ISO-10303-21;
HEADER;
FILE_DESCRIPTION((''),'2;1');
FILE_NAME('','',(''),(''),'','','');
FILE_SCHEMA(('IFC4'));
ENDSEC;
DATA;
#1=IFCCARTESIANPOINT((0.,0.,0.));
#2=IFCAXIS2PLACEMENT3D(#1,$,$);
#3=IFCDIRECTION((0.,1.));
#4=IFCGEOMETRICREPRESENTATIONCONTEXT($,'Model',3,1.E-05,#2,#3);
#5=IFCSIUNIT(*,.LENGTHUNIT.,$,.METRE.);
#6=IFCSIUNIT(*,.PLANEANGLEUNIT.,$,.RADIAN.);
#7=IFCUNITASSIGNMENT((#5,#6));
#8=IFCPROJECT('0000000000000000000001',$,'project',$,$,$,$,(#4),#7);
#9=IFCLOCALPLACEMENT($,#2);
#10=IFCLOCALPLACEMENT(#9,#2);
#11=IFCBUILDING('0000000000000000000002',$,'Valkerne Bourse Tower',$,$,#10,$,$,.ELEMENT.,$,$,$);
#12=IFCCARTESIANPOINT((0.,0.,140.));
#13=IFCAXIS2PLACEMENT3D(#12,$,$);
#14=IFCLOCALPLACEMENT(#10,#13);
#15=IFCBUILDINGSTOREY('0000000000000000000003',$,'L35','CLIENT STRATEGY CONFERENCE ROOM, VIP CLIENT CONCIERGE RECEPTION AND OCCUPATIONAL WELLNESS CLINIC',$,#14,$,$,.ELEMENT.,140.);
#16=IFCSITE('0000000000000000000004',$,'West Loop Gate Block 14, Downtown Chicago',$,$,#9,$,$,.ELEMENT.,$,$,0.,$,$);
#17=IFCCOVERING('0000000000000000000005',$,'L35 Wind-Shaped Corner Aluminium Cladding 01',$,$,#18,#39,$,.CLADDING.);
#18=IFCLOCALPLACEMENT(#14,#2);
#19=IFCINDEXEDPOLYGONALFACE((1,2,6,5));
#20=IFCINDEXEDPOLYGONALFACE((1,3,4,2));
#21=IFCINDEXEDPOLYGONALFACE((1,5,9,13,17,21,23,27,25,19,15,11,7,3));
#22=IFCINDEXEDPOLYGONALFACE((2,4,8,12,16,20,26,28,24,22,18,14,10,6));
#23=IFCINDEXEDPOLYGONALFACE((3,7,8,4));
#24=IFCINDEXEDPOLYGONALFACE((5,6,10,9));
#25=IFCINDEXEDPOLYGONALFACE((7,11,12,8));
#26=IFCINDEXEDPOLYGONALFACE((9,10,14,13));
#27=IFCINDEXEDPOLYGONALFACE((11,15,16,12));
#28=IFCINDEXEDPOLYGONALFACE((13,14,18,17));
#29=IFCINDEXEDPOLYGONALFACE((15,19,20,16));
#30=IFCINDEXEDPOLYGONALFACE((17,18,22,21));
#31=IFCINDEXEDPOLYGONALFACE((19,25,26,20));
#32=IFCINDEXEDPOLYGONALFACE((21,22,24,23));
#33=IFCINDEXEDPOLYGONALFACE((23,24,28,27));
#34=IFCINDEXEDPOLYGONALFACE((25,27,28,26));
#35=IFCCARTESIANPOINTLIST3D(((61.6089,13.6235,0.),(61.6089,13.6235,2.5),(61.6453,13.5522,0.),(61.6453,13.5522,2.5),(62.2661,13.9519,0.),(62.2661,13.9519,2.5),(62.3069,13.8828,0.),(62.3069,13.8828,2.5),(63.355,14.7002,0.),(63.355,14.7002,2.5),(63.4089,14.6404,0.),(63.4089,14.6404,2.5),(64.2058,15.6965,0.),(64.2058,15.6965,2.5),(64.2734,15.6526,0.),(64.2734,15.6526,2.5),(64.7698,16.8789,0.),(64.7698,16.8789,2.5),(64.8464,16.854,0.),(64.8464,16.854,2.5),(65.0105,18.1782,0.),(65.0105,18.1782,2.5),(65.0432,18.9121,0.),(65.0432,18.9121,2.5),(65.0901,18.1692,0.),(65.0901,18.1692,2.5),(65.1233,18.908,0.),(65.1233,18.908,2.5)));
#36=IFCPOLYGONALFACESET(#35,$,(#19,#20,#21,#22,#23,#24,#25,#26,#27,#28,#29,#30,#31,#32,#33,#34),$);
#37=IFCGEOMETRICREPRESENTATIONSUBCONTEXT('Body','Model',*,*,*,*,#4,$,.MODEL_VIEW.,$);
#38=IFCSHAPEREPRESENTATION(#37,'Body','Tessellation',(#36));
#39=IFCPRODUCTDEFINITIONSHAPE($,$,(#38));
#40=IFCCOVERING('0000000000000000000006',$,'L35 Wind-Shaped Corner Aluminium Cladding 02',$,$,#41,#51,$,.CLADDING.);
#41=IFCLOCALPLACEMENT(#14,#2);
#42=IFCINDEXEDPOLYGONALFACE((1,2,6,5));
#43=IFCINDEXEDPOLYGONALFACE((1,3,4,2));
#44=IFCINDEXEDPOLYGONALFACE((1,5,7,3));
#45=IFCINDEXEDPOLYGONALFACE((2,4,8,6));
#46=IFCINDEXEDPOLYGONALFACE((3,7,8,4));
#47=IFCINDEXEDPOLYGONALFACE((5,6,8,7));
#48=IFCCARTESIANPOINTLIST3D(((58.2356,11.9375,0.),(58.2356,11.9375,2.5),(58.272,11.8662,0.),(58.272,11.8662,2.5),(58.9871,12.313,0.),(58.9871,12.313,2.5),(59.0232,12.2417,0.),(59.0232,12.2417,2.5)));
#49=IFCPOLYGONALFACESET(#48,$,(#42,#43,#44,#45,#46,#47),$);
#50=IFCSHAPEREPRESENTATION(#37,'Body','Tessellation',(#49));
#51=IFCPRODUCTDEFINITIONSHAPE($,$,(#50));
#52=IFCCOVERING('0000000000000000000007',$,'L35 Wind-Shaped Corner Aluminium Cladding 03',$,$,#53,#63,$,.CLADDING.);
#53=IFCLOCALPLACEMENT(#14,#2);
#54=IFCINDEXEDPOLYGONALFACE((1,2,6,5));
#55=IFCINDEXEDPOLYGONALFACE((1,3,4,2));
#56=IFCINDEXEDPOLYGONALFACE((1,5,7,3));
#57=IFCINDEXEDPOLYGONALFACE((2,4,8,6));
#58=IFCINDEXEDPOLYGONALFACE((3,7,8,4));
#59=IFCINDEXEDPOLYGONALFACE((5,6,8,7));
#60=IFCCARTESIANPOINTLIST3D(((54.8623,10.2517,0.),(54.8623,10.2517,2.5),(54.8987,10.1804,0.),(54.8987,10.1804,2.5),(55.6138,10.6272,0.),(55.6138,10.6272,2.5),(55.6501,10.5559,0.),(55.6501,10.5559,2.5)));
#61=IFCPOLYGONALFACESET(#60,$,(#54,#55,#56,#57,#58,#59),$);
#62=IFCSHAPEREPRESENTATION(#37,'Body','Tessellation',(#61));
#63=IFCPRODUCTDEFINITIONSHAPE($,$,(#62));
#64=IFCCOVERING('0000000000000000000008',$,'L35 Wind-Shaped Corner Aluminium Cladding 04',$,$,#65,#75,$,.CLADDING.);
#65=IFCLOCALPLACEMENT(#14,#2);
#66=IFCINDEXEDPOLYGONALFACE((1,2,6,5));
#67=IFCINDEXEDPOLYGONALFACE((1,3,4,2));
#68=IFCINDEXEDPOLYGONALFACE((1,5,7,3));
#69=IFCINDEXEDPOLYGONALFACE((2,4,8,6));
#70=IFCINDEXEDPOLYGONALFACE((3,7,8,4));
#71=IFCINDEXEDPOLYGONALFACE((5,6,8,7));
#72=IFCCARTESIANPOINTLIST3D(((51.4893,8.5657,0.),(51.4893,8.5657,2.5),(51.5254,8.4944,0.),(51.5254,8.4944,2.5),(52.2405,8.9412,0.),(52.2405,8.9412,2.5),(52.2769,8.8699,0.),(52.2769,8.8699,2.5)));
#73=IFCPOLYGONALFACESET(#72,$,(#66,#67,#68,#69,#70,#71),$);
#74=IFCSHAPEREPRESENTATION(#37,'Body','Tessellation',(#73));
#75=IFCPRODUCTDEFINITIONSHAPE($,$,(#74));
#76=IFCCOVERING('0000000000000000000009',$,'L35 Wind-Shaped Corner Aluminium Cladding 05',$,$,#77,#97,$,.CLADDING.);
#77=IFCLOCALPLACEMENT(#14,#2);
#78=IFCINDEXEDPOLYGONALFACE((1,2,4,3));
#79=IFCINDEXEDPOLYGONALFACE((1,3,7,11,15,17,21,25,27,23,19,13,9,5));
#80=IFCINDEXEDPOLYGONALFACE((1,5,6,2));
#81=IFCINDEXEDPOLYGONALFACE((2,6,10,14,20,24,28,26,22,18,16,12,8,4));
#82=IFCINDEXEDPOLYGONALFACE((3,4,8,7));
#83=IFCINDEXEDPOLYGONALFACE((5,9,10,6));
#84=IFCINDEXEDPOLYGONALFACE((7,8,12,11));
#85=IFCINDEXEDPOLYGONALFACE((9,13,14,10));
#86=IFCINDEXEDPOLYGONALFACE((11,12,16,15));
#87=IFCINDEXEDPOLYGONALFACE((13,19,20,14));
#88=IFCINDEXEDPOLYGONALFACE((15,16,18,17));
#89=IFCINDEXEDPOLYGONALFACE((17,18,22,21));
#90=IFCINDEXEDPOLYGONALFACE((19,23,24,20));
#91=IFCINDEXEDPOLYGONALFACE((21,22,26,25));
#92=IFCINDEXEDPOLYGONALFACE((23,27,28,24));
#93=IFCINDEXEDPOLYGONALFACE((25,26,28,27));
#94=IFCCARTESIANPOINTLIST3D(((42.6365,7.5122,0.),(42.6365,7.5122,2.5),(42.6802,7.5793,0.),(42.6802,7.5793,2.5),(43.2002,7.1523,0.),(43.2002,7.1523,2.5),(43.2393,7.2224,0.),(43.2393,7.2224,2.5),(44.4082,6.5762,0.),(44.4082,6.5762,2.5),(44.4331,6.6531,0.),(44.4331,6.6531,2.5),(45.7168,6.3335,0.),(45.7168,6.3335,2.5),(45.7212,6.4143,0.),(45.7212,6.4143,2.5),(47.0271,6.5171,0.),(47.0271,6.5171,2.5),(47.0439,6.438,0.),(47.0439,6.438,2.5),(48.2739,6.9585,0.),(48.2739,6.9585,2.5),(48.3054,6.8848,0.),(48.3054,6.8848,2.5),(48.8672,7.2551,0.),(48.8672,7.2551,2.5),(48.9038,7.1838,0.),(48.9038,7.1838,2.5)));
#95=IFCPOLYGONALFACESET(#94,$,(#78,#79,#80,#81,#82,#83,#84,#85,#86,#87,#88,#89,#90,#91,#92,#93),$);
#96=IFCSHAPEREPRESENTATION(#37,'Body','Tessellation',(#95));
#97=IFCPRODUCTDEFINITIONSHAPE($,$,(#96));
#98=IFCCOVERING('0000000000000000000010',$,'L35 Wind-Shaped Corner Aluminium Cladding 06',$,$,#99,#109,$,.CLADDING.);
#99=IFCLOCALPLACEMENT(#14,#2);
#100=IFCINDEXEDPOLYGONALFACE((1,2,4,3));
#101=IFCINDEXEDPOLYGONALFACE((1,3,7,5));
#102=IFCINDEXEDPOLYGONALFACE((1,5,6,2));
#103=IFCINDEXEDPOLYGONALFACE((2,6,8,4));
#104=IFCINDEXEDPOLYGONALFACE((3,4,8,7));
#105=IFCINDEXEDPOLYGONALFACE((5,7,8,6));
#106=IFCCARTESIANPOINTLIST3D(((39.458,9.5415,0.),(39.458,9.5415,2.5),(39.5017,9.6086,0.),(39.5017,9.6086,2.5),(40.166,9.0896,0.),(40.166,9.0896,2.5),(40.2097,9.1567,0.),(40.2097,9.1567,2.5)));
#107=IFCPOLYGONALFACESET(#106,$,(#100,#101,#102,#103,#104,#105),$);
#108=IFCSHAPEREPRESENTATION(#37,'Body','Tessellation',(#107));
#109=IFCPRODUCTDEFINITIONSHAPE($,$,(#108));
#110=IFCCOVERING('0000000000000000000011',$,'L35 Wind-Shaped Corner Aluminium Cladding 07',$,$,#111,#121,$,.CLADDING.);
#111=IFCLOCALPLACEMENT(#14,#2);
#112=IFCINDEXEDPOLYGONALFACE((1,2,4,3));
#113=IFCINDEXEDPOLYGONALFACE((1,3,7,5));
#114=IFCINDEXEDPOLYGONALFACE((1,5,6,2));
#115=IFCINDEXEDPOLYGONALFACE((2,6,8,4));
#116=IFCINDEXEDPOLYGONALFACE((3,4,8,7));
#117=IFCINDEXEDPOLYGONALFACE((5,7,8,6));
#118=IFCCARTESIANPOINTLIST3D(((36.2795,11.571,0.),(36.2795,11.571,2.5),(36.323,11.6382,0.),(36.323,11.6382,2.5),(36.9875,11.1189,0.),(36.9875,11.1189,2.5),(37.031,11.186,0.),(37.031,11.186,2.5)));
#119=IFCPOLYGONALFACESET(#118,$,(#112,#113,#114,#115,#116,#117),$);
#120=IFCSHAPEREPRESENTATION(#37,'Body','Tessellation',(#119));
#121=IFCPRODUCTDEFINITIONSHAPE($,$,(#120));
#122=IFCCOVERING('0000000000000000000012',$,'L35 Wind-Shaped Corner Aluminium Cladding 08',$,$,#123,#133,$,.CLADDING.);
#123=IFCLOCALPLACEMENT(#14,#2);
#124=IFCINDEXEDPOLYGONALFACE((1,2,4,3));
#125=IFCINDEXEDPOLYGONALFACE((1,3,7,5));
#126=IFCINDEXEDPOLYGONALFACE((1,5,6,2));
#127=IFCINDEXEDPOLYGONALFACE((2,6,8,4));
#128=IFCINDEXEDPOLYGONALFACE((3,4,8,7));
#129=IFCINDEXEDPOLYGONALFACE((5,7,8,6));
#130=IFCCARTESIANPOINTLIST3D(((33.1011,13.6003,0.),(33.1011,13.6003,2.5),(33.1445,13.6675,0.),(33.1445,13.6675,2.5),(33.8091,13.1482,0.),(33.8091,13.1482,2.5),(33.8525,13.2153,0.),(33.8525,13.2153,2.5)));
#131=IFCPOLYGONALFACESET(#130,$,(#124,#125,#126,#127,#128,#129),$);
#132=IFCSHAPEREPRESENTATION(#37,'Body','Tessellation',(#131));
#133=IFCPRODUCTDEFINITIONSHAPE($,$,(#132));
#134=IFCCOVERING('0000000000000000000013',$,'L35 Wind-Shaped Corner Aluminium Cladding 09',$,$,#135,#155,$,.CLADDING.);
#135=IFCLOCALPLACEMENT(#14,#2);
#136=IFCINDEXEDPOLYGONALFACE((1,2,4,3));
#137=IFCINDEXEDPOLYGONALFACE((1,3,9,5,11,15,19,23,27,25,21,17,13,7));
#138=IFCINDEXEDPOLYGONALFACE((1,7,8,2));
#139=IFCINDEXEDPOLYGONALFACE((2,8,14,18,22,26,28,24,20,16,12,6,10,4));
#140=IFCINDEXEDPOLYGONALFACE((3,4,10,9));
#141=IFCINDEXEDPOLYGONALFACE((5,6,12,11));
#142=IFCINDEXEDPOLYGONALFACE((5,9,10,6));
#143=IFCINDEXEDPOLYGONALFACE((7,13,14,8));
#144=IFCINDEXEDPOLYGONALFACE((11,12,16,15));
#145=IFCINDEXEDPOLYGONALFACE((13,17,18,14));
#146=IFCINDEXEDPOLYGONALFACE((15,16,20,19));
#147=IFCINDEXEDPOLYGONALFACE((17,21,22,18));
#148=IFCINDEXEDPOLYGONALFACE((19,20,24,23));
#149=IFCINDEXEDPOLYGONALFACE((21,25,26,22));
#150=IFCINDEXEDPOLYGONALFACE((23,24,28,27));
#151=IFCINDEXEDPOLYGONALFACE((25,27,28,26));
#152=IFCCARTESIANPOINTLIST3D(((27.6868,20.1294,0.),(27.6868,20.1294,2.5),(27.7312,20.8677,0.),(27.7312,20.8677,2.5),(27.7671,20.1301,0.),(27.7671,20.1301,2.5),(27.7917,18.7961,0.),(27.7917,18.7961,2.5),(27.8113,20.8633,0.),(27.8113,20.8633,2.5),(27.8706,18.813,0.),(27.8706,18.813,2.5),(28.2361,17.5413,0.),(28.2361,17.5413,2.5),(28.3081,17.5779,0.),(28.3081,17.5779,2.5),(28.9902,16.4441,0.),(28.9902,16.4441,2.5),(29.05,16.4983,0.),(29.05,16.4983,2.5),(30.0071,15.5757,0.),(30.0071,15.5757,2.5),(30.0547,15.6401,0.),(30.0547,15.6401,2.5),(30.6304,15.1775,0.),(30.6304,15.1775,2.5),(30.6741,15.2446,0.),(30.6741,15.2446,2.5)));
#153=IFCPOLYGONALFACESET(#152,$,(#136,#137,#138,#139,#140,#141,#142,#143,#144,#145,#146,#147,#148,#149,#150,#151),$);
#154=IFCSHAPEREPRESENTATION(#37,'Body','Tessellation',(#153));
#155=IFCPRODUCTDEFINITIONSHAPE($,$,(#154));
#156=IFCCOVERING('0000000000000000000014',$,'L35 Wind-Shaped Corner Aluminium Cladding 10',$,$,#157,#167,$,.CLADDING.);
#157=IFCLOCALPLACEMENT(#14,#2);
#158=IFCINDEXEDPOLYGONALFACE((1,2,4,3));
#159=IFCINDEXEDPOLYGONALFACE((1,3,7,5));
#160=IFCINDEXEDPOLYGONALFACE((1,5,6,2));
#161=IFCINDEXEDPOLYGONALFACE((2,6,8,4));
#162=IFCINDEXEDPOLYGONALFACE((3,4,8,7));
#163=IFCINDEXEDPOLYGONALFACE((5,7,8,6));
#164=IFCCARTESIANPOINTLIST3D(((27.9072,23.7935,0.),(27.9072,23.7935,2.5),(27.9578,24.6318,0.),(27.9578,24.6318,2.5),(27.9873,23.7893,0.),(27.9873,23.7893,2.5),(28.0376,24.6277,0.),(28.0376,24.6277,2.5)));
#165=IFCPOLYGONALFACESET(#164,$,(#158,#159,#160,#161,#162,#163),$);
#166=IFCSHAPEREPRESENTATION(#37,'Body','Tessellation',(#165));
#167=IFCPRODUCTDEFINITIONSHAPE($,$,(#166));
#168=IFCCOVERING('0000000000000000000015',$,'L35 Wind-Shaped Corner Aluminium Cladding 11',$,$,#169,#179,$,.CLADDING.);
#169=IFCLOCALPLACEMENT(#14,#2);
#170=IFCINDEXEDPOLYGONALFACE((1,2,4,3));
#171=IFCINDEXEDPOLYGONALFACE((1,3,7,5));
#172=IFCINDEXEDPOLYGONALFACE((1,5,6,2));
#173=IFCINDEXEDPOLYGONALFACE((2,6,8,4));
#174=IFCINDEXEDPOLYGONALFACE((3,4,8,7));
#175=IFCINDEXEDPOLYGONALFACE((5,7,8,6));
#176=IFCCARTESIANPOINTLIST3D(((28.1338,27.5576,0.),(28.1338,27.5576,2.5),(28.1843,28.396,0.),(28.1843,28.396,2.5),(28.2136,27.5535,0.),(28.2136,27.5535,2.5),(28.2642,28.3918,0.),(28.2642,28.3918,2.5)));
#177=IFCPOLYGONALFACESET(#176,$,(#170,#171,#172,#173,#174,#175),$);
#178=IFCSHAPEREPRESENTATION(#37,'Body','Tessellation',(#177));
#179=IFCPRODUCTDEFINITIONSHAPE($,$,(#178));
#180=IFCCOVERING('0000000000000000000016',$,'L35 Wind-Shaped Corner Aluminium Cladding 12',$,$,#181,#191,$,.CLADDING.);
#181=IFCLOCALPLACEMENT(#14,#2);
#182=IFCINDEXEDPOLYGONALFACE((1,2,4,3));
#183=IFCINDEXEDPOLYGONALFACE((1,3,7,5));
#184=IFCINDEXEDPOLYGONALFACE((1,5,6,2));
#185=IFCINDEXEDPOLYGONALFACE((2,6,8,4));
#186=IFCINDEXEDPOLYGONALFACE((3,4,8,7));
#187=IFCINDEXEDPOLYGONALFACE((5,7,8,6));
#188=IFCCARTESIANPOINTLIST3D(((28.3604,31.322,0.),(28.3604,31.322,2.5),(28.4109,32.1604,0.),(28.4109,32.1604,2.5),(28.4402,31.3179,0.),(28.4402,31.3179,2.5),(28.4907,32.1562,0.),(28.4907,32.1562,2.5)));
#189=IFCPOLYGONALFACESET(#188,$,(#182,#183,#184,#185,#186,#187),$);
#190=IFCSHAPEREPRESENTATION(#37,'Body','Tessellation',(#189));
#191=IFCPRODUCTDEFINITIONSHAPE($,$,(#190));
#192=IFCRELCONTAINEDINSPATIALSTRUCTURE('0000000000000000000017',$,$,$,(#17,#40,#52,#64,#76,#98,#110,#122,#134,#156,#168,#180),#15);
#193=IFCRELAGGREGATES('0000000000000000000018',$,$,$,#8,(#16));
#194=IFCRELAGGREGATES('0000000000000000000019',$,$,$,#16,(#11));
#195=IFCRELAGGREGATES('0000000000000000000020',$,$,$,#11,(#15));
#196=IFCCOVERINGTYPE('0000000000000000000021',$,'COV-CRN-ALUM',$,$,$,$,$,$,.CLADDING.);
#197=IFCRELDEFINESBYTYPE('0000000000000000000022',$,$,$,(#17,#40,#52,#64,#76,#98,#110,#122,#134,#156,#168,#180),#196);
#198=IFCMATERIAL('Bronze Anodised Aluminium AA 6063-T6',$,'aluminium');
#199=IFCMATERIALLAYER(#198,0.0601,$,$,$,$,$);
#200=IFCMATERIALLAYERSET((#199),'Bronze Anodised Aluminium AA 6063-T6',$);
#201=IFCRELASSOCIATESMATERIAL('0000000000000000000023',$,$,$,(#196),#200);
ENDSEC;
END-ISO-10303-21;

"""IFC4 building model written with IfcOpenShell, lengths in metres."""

from ifc_helpers import new_model, si_unit, direction, frame, origin, place, context, subcontext, project, spatial, polyline, outline, extrude, material, layer, layer_set, type_object, element, save


model = new_model("IFC4")

# Units and contexts
model_context = context("Model", 3, precision=1e-05, world=origin(), true_north=direction((0.0, 1.0)))
body_context = subcontext(model_context, "Body", "Model", "MODEL_VIEW")
ifc_project = project(units=[si_unit("LENGTHUNIT", "METRE"), si_unit("PLANEANGLEUNIT", "RADIAN")], contexts=[model_context])

# Site, building, storey
site_placement = place(None, origin())
site = spatial("IfcSite", under=ifc_project, at=site_placement, Name="West Loop Gate Block 14, Downtown Chicago", CompositionType="ELEMENT", RefElevation=0.0)
building_placement = place(site_placement, origin())
building = spatial("IfcBuilding", under=site, at=building_placement, Name="Valkerne Bourse Tower", CompositionType="ELEMENT")
storey_placement = place(building_placement, frame((0.0, 0.0, 140.0)))
storey = spatial("IfcBuildingStorey", under=building, at=storey_placement, Name="L35", Description="CLIENT STRATEGY CONFERENCE ROOM, VIP CLIENT CONCIERGE RECEPTION AND OCCUPATIONAL WELLNESS CLINIC", CompositionType="ELEMENT", Elevation=140.0)

# Coverings
ifc_material_1 = material(Name="Bronze Anodised Aluminium AA 6063-T6", Category="aluminium")
ifc_layer_1 = layer(ifc_material_1, 0.0601)
ifc_layer_set_1 = layer_set([ifc_layer_1], Name="Bronze Anodised Aluminium AA 6063-T6")
covering_type = type_object("IfcCoveringType", Name="COV-CRN-ALUM", PredefinedType="CLADDING", material=ifc_layer_set_1)
covering_1_placement = place(storey_placement, origin())
element("IfcCovering", 1, at=covering_1_placement, inside=storey, type_object=covering_type, Name="L35 Wind-Shaped Corner Aluminium Cladding 01", PredefinedType="CLADDING", context=body_context, shape_type="SweptSolid", body=[
    extrude(outline(polyline([(64.8464, 16.854), (64.2734, 15.6526), (63.4089, 14.6404), (62.3069, 13.8828), (61.6453, 13.5522), (61.6089, 13.6235), (62.2661, 13.9519), (63.355, 14.7002), (64.2058, 15.6965), (64.7698, 16.8789), (65.0105, 18.1782), (65.0432, 18.9121), (65.1233, 18.908), (65.0901, 18.1692), (64.8464, 16.854)])), origin(), (0.0, 0.0, 1.0), 2.5),
])
covering_2_placement = place(storey_placement, origin())
element("IfcCovering", 2, at=covering_2_placement, inside=storey, type_object=covering_type, Name="L35 Wind-Shaped Corner Aluminium Cladding 02", PredefinedType="CLADDING", context=body_context, shape_type="SweptSolid", body=[
    extrude(outline(polyline([(58.272, 11.8662), (58.2356, 11.9375), (58.9871, 12.313), (59.0232, 12.2417), (58.272, 11.8662)])), origin(), (0.0, 0.0, 1.0), 2.5),
])
covering_3_placement = place(storey_placement, origin())
element("IfcCovering", 3, at=covering_3_placement, inside=storey, type_object=covering_type, Name="L35 Wind-Shaped Corner Aluminium Cladding 03", PredefinedType="CLADDING", context=body_context, shape_type="SweptSolid", body=[
    extrude(outline(polyline([(54.8987, 10.1804), (54.8623, 10.2517), (55.6138, 10.6272), (55.6501, 10.5559), (54.8987, 10.1804)])), origin(), (0.0, 0.0, 1.0), 2.5),
])
covering_4_placement = place(storey_placement, origin())
element("IfcCovering", 4, at=covering_4_placement, inside=storey, type_object=covering_type, Name="L35 Wind-Shaped Corner Aluminium Cladding 04", PredefinedType="CLADDING", context=body_context, shape_type="SweptSolid", body=[
    extrude(outline(polyline([(51.5254, 8.4944), (51.4893, 8.5657), (52.2405, 8.9412), (52.2769, 8.8699), (51.5254, 8.4944)])), origin(), (0.0, 0.0, 1.0), 2.5),
])
covering_5_placement = place(storey_placement, origin())
element("IfcCovering", 5, at=covering_5_placement, inside=storey, type_object=covering_type, Name="L35 Wind-Shaped Corner Aluminium Cladding 05", PredefinedType="CLADDING", context=body_context, shape_type="SweptSolid", body=[
    extrude(outline(polyline([(48.3054, 6.8848), (47.0439, 6.438), (45.7168, 6.3335), (44.4082, 6.5762), (43.2002, 7.1523), (42.6365, 7.5122), (42.6802, 7.5793), (43.2393, 7.2224), (44.4331, 6.6531), (45.7212, 6.4143), (47.0271, 6.5171), (48.2739, 6.9585), (48.8672, 7.2551), (48.9038, 7.1838), (48.3054, 6.8848)])), origin(), (0.0, 0.0, 1.0), 2.5),
])
covering_6_placement = place(storey_placement, origin())
element("IfcCovering", 6, at=covering_6_placement, inside=storey, type_object=covering_type, Name="L35 Wind-Shaped Corner Aluminium Cladding 06", PredefinedType="CLADDING", context=body_context, shape_type="SweptSolid", body=[
    extrude(outline(polyline([(39.458, 9.5415), (39.5017, 9.6086), (40.2097, 9.1567), (40.166, 9.0896), (39.458, 9.5415)])), origin(), (0.0, 0.0, 1.0), 2.5),
])
covering_7_placement = place(storey_placement, origin())
element("IfcCovering", 7, at=covering_7_placement, inside=storey, type_object=covering_type, Name="L35 Wind-Shaped Corner Aluminium Cladding 07", PredefinedType="CLADDING", context=body_context, shape_type="SweptSolid", body=[
    extrude(outline(polyline([(36.2795, 11.571), (36.323, 11.6382), (37.031, 11.186), (36.9875, 11.1189), (36.2795, 11.571)])), origin(), (0.0, 0.0, 1.0), 2.5),
])
covering_8_placement = place(storey_placement, origin())
element("IfcCovering", 8, at=covering_8_placement, inside=storey, type_object=covering_type, Name="L35 Wind-Shaped Corner Aluminium Cladding 08", PredefinedType="CLADDING", context=body_context, shape_type="SweptSolid", body=[
    extrude(outline(polyline([(33.1011, 13.6003), (33.1445, 13.6675), (33.8525, 13.2153), (33.8091, 13.1482), (33.1011, 13.6003)])), origin(), (0.0, 0.0, 1.0), 2.5),
])
covering_9_placement = place(storey_placement, origin())
element("IfcCovering", 9, at=covering_9_placement, inside=storey, type_object=covering_type, Name="L35 Wind-Shaped Corner Aluminium Cladding 09", PredefinedType="CLADDING", context=body_context, shape_type="SweptSolid", body=[
    extrude(outline(polyline([(30.0071, 15.5757), (28.9902, 16.4441), (28.2361, 17.5413), (27.7917, 18.7961), (27.6868, 20.1294), (27.7312, 20.8677), (27.8113, 20.8633), (27.7671, 20.1301), (27.8706, 18.813), (28.3081, 17.5779), (29.05, 16.4983), (30.0547, 15.6401), (30.6741, 15.2446), (30.6304, 15.1775), (30.0071, 15.5757)])), origin(), (0.0, 0.0, 1.0), 2.5),
])
covering_10_placement = place(storey_placement, origin())
element("IfcCovering", 10, at=covering_10_placement, inside=storey, type_object=covering_type, Name="L35 Wind-Shaped Corner Aluminium Cladding 10", PredefinedType="CLADDING", context=body_context, shape_type="SweptSolid", body=[
    extrude(outline(polyline([(27.9578, 24.6318), (28.0376, 24.6277), (27.9873, 23.7893), (27.9072, 23.7935), (27.9578, 24.6318)])), origin(), (0.0, 0.0, 1.0), 2.5),
])
covering_11_placement = place(storey_placement, origin())
element("IfcCovering", 11, at=covering_11_placement, inside=storey, type_object=covering_type, Name="L35 Wind-Shaped Corner Aluminium Cladding 11", PredefinedType="CLADDING", context=body_context, shape_type="SweptSolid", body=[
    extrude(outline(polyline([(28.1843, 28.396), (28.2642, 28.3918), (28.2136, 27.5535), (28.1338, 27.5576), (28.1843, 28.396)])), origin(), (0.0, 0.0, 1.0), 2.5),
])
covering_12_placement = place(storey_placement, origin())
element("IfcCovering", 12, at=covering_12_placement, inside=storey, type_object=covering_type, Name="L35 Wind-Shaped Corner Aluminium Cladding 12", PredefinedType="CLADDING", context=body_context, shape_type="SweptSolid", body=[
    extrude(outline(polyline([(28.4109, 32.1604), (28.4907, 32.1562), (28.4402, 31.3179), (28.3604, 31.322), (28.4109, 32.1604)])), origin(), (0.0, 0.0, 1.0), 2.5),
])

save(model, "model.ifc")
